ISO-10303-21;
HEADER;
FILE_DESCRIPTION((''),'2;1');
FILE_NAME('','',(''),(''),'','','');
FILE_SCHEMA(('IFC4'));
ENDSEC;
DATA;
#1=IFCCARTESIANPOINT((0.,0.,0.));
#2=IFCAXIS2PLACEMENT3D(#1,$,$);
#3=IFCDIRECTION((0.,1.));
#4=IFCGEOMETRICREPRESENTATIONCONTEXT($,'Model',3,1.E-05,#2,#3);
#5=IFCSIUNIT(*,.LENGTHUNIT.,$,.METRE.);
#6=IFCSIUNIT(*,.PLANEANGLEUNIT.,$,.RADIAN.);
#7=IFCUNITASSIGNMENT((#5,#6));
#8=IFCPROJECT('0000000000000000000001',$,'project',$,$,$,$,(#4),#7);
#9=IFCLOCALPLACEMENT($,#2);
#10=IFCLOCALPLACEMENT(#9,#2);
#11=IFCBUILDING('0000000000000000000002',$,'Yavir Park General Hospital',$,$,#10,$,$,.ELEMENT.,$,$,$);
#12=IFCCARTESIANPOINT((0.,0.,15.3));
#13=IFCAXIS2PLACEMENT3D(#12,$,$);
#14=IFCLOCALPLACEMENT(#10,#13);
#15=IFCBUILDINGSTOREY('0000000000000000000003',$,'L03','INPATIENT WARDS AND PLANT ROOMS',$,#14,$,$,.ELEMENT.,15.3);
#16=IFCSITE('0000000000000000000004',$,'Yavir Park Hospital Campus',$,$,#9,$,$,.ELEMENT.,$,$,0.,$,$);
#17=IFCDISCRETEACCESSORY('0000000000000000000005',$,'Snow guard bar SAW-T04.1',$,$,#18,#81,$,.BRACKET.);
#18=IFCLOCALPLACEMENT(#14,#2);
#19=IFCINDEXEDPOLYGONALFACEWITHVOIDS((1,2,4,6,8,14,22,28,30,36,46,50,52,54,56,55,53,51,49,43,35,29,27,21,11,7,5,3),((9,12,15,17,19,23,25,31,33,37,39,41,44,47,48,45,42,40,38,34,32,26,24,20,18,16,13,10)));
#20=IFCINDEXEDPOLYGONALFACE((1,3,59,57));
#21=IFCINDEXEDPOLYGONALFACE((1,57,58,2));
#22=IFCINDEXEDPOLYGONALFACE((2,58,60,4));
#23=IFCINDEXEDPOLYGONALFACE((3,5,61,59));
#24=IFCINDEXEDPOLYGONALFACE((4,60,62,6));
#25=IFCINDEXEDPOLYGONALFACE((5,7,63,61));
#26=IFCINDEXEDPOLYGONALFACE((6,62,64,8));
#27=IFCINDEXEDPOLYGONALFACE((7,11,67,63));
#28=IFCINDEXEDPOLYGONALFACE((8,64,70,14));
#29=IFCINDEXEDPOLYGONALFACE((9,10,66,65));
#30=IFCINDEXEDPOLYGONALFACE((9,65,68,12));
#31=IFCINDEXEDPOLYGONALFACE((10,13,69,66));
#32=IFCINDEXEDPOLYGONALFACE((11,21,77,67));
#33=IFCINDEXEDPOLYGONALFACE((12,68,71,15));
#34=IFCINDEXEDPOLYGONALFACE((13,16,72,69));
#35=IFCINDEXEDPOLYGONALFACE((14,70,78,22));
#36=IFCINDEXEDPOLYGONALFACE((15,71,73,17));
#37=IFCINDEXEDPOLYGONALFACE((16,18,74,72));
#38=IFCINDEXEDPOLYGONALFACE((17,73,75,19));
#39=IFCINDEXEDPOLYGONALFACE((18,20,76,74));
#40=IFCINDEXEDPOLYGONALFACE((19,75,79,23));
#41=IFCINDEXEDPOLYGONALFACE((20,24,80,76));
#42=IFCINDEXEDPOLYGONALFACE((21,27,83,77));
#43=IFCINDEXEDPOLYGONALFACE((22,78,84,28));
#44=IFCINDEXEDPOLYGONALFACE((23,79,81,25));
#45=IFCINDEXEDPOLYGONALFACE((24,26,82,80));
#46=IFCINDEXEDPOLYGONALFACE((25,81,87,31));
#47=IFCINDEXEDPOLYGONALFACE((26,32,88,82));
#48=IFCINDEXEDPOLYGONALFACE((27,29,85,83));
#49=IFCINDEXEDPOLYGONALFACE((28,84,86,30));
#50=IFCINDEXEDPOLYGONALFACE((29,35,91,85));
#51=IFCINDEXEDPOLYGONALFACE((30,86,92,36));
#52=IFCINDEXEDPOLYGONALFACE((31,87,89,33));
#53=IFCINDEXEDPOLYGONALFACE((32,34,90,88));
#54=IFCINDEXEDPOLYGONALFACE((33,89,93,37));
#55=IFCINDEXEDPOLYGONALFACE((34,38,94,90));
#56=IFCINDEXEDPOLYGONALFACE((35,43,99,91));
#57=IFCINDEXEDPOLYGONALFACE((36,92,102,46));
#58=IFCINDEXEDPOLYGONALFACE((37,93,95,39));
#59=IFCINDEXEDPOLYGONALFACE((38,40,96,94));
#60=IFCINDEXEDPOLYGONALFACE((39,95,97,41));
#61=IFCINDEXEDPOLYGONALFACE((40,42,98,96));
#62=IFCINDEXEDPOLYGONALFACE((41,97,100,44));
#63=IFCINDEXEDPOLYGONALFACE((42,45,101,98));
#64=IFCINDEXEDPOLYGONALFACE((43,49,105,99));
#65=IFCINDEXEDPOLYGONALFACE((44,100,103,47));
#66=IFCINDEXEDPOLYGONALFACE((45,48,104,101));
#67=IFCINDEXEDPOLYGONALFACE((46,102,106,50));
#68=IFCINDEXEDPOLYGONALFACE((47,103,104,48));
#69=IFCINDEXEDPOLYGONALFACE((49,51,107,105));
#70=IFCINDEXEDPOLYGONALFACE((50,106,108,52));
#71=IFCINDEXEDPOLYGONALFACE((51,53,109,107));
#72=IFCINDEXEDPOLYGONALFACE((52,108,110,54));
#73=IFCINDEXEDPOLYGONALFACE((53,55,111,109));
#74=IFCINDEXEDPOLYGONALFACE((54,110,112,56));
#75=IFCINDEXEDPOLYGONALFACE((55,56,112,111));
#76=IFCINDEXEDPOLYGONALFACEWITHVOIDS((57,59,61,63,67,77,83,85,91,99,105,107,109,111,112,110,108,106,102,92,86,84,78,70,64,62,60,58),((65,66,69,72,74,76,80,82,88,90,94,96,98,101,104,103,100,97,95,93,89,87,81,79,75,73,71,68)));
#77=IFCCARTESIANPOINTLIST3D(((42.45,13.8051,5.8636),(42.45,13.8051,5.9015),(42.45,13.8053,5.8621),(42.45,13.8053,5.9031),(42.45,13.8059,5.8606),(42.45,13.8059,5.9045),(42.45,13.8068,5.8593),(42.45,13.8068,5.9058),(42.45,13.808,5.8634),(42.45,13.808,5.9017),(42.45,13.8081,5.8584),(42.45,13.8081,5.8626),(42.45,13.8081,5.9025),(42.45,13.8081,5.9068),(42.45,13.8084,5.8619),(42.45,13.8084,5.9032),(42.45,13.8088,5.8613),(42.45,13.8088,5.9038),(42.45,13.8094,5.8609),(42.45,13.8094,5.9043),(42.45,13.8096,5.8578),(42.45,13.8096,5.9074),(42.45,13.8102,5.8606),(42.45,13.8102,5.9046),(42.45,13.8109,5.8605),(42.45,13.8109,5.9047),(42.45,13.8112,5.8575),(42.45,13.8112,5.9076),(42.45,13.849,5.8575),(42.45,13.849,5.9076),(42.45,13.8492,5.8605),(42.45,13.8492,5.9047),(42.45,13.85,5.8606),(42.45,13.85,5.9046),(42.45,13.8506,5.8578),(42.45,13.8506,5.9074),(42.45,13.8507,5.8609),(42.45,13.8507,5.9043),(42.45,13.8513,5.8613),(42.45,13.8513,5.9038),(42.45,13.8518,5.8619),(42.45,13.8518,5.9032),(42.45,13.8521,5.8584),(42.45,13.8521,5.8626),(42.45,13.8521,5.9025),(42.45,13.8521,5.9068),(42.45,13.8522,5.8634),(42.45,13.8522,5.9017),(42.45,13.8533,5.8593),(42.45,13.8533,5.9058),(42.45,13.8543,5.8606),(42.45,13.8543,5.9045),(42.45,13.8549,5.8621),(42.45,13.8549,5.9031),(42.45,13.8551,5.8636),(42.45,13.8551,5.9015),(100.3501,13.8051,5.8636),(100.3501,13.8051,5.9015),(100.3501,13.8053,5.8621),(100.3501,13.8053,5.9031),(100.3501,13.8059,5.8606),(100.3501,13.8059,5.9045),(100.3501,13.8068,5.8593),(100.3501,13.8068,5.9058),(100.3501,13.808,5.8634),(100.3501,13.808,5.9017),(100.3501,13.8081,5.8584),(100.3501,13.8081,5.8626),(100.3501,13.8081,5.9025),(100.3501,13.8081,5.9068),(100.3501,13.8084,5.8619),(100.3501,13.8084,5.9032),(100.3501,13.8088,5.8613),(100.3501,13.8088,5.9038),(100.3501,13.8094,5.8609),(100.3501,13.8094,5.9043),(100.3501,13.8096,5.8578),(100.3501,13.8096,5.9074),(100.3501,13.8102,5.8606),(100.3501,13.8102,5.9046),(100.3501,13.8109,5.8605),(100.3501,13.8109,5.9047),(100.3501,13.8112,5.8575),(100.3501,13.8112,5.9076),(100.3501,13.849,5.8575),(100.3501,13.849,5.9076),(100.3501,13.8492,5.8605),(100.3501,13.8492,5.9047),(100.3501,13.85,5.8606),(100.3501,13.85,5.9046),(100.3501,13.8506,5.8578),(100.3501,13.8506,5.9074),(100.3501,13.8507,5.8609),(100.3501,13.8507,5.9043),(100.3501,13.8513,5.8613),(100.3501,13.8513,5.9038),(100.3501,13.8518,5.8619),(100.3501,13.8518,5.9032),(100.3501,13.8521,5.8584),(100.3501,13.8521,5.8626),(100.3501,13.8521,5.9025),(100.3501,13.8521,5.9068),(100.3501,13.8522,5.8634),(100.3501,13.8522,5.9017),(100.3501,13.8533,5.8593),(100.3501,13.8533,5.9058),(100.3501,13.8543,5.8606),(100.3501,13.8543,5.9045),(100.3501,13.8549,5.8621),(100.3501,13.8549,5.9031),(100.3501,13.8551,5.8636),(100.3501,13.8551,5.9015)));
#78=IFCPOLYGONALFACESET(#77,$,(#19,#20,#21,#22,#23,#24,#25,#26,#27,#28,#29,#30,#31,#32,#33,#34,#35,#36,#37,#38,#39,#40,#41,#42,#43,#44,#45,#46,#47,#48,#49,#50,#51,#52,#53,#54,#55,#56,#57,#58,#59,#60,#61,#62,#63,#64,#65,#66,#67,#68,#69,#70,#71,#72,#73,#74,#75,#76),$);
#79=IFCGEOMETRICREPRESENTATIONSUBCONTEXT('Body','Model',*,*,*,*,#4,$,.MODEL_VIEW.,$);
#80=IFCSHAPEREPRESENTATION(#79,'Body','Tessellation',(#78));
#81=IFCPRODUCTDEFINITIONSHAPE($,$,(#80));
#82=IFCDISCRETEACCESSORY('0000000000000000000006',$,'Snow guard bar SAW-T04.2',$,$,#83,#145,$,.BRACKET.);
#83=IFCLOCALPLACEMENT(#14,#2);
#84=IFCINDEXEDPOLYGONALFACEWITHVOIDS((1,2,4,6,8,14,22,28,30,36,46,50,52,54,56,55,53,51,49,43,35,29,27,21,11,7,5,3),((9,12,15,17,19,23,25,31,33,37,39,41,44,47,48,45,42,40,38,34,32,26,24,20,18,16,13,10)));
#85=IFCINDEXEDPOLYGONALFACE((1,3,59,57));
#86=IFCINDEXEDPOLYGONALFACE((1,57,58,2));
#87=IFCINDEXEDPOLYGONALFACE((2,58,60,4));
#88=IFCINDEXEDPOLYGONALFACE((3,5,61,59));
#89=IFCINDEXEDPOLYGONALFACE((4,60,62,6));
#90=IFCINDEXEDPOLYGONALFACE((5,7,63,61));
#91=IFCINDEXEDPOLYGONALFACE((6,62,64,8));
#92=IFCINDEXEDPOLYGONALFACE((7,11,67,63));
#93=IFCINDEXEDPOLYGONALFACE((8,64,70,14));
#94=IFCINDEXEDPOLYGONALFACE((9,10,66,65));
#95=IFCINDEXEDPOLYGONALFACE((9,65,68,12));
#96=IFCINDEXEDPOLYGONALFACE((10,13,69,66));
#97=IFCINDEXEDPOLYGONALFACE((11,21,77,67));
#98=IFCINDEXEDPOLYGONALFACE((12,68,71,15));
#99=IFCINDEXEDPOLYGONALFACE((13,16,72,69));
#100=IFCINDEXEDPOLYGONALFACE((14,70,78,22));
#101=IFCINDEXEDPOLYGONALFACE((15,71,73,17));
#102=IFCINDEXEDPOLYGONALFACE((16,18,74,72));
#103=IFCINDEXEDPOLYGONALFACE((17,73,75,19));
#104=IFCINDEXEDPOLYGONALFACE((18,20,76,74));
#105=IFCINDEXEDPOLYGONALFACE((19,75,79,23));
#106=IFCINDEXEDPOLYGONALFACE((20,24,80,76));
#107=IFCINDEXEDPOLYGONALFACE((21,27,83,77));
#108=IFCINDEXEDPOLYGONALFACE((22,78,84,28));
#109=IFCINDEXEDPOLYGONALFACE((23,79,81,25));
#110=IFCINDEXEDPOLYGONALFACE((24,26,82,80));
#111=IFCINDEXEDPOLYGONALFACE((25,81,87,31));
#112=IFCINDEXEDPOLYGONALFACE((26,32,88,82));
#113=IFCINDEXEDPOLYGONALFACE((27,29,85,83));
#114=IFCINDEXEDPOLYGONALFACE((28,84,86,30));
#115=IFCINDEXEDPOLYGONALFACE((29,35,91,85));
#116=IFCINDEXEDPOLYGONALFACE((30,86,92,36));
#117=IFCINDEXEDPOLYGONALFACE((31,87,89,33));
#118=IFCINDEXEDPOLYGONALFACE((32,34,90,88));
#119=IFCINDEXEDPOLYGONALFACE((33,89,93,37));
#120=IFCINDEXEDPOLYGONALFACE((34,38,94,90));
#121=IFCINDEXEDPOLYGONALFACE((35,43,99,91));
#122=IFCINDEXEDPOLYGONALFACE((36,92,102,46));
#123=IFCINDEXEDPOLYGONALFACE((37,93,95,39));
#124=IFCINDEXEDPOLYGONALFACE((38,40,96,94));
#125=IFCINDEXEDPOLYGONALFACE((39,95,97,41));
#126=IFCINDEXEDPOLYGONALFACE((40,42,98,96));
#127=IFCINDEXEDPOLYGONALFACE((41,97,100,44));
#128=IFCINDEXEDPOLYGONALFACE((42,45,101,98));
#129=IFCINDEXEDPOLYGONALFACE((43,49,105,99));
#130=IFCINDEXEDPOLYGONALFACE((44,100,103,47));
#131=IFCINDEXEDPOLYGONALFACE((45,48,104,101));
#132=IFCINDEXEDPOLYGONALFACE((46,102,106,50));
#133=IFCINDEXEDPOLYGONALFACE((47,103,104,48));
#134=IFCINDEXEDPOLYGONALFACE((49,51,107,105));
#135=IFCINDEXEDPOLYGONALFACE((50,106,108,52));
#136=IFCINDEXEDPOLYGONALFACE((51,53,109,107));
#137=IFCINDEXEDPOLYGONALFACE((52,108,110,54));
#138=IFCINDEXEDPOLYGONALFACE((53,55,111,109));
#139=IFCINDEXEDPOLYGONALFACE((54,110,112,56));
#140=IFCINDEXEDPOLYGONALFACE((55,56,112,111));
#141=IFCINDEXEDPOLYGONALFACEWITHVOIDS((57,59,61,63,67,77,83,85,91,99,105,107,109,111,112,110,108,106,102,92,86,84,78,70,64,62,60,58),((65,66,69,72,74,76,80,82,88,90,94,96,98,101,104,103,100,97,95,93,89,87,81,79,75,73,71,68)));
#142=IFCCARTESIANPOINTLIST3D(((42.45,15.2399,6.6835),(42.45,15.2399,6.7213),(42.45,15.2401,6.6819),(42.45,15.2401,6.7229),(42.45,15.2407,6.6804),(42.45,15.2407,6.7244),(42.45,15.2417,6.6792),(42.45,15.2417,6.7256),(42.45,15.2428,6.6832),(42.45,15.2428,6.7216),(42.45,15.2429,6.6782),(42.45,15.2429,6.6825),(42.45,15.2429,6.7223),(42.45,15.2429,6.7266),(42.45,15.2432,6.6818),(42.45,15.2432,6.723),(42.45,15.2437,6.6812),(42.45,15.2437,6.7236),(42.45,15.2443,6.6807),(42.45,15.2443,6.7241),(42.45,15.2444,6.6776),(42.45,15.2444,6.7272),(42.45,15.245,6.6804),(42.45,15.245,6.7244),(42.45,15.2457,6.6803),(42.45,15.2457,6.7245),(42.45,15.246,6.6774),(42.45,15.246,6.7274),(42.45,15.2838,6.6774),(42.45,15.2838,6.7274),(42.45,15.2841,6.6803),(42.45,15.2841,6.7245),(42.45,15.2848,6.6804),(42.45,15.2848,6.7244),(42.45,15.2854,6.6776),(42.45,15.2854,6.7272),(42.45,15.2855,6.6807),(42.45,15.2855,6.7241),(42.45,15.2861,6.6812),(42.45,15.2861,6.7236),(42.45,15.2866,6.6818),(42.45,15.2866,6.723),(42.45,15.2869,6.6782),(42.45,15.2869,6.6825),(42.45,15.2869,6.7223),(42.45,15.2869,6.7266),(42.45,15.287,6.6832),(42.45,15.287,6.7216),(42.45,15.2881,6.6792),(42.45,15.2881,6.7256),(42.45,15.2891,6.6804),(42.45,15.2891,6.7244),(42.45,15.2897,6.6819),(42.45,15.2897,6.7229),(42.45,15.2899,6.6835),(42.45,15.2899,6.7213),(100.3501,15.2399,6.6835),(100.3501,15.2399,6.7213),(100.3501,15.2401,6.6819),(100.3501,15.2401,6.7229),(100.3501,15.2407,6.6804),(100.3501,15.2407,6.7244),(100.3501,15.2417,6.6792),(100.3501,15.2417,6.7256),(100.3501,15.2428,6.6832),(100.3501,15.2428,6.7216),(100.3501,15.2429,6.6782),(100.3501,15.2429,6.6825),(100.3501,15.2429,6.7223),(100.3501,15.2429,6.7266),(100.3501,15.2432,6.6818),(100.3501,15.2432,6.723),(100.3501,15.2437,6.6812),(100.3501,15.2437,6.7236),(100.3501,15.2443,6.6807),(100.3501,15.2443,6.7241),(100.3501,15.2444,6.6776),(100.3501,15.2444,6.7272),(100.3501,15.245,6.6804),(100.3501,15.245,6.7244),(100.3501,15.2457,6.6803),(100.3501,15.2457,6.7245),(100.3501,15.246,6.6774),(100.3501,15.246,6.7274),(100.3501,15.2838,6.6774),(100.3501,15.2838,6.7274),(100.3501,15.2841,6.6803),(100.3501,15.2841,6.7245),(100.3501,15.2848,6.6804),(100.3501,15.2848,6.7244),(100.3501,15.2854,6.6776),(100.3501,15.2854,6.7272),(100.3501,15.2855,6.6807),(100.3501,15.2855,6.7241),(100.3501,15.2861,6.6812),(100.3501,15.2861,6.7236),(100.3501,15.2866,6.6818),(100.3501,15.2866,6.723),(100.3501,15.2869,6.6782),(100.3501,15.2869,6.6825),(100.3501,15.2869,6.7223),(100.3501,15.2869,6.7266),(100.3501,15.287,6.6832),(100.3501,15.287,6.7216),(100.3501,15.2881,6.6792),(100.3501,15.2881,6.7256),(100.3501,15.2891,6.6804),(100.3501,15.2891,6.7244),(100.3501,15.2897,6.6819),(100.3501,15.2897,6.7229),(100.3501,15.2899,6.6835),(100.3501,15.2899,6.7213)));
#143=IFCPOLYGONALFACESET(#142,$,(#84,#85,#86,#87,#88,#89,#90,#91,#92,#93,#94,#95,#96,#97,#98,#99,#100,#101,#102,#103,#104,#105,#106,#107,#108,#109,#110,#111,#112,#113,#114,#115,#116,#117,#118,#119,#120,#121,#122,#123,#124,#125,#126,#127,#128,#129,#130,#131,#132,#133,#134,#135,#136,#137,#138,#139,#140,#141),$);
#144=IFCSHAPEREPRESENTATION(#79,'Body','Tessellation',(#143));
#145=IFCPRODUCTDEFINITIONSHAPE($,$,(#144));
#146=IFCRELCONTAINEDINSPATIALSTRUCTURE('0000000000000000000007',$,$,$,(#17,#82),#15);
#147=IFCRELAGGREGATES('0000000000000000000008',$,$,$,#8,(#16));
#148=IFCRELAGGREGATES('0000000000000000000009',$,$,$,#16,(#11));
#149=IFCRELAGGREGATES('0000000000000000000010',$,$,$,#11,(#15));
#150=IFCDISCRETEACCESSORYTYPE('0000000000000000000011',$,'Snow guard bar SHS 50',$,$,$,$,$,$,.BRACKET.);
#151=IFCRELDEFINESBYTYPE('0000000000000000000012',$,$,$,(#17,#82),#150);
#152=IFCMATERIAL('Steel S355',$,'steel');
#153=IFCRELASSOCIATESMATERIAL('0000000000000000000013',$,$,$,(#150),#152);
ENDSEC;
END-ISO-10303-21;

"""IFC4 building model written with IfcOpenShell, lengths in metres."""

from ifc_helpers import new_model, si_unit, direction, frame, origin, origin_2d, place, context, subcontext, project, spatial, hollow_rectangle, extrude, material, material_profile, profile_set, type_object, element, save


model = new_model("IFC4")

# Units and contexts
model_context = context("Model", 3, precision=1e-05, world=origin(), true_north=direction((0.0, 1.0)))
body_context = subcontext(model_context, "Body", "Model", "MODEL_VIEW")
ifc_project = project(units=[si_unit("LENGTHUNIT", "METRE"), si_unit("PLANEANGLEUNIT", "RADIAN")], contexts=[model_context])

# Site, building, storey
site_placement = place(None, origin())
site = spatial("IfcSite", under=ifc_project, at=site_placement, Name="Yavir Park Hospital Campus", CompositionType="ELEMENT", RefElevation=0.0)
building_placement = place(site_placement, origin())
building = spatial("IfcBuilding", under=site, at=building_placement, Name="Yavir Park General Hospital", CompositionType="ELEMENT")
storey_placement = place(building_placement, frame((0.0, 0.0, 15.3)))
storey = spatial("IfcBuildingStorey", under=building, at=storey_placement, Name="L03", Description="INPATIENT WARDS AND PLANT ROOMS", CompositionType="ELEMENT", Elevation=15.3)

# Discrete accessories
ifc_material_1 = material(Name="Steel S355", Category="steel")
ifc_material_profile_1 = material_profile(ifc_material_1, hollow_rectangle(XDim=0.05, YDim=0.05, WallThickness=0.0029, InnerFilletRadius=0.0029, OuterFilletRadius=0.0061, at=origin_2d()), Name="RHS50x50x3")
ifc_profile_set_1 = profile_set([ifc_material_profile_1], Name="Steel S355")
discrete_accessory_type_1 = type_object("IfcDiscreteAccessoryType", Name="Snow guard bar SHS 50", PredefinedType="BRACKET", material=ifc_profile_set_1)
for number, where, z_axis, x_axis, name in (
    (1, (42.45, 13.8301, 5.8826), (1.0, 0.0, 0.0), (0.0, 1.0, 0.0), "Snow guard bar SAW-T04.1"),
    (2, (42.45, 15.2649, 6.7024), (1.0, 0.0, 0.0), (0.0, 1.0, 0.0), "Snow guard bar SAW-T04.2"),
):
    element("IfcDiscreteAccessory", number, at=place(storey_placement, frame(where, z_axis=z_axis, x_axis=x_axis)), inside=storey, type_object=discrete_accessory_type_1, Name=name, PredefinedType="BRACKET", context=body_context, shape_type="SweptSolid", body=[
        extrude(hollow_rectangle(XDim=0.05, YDim=0.05, WallThickness=0.0029, InnerFilletRadius=0.0029, OuterFilletRadius=0.0061, at=origin_2d()), origin(), (0.0, 0.0, 1.0), 57.9001),
    ])

save(model, "model.ifc")
